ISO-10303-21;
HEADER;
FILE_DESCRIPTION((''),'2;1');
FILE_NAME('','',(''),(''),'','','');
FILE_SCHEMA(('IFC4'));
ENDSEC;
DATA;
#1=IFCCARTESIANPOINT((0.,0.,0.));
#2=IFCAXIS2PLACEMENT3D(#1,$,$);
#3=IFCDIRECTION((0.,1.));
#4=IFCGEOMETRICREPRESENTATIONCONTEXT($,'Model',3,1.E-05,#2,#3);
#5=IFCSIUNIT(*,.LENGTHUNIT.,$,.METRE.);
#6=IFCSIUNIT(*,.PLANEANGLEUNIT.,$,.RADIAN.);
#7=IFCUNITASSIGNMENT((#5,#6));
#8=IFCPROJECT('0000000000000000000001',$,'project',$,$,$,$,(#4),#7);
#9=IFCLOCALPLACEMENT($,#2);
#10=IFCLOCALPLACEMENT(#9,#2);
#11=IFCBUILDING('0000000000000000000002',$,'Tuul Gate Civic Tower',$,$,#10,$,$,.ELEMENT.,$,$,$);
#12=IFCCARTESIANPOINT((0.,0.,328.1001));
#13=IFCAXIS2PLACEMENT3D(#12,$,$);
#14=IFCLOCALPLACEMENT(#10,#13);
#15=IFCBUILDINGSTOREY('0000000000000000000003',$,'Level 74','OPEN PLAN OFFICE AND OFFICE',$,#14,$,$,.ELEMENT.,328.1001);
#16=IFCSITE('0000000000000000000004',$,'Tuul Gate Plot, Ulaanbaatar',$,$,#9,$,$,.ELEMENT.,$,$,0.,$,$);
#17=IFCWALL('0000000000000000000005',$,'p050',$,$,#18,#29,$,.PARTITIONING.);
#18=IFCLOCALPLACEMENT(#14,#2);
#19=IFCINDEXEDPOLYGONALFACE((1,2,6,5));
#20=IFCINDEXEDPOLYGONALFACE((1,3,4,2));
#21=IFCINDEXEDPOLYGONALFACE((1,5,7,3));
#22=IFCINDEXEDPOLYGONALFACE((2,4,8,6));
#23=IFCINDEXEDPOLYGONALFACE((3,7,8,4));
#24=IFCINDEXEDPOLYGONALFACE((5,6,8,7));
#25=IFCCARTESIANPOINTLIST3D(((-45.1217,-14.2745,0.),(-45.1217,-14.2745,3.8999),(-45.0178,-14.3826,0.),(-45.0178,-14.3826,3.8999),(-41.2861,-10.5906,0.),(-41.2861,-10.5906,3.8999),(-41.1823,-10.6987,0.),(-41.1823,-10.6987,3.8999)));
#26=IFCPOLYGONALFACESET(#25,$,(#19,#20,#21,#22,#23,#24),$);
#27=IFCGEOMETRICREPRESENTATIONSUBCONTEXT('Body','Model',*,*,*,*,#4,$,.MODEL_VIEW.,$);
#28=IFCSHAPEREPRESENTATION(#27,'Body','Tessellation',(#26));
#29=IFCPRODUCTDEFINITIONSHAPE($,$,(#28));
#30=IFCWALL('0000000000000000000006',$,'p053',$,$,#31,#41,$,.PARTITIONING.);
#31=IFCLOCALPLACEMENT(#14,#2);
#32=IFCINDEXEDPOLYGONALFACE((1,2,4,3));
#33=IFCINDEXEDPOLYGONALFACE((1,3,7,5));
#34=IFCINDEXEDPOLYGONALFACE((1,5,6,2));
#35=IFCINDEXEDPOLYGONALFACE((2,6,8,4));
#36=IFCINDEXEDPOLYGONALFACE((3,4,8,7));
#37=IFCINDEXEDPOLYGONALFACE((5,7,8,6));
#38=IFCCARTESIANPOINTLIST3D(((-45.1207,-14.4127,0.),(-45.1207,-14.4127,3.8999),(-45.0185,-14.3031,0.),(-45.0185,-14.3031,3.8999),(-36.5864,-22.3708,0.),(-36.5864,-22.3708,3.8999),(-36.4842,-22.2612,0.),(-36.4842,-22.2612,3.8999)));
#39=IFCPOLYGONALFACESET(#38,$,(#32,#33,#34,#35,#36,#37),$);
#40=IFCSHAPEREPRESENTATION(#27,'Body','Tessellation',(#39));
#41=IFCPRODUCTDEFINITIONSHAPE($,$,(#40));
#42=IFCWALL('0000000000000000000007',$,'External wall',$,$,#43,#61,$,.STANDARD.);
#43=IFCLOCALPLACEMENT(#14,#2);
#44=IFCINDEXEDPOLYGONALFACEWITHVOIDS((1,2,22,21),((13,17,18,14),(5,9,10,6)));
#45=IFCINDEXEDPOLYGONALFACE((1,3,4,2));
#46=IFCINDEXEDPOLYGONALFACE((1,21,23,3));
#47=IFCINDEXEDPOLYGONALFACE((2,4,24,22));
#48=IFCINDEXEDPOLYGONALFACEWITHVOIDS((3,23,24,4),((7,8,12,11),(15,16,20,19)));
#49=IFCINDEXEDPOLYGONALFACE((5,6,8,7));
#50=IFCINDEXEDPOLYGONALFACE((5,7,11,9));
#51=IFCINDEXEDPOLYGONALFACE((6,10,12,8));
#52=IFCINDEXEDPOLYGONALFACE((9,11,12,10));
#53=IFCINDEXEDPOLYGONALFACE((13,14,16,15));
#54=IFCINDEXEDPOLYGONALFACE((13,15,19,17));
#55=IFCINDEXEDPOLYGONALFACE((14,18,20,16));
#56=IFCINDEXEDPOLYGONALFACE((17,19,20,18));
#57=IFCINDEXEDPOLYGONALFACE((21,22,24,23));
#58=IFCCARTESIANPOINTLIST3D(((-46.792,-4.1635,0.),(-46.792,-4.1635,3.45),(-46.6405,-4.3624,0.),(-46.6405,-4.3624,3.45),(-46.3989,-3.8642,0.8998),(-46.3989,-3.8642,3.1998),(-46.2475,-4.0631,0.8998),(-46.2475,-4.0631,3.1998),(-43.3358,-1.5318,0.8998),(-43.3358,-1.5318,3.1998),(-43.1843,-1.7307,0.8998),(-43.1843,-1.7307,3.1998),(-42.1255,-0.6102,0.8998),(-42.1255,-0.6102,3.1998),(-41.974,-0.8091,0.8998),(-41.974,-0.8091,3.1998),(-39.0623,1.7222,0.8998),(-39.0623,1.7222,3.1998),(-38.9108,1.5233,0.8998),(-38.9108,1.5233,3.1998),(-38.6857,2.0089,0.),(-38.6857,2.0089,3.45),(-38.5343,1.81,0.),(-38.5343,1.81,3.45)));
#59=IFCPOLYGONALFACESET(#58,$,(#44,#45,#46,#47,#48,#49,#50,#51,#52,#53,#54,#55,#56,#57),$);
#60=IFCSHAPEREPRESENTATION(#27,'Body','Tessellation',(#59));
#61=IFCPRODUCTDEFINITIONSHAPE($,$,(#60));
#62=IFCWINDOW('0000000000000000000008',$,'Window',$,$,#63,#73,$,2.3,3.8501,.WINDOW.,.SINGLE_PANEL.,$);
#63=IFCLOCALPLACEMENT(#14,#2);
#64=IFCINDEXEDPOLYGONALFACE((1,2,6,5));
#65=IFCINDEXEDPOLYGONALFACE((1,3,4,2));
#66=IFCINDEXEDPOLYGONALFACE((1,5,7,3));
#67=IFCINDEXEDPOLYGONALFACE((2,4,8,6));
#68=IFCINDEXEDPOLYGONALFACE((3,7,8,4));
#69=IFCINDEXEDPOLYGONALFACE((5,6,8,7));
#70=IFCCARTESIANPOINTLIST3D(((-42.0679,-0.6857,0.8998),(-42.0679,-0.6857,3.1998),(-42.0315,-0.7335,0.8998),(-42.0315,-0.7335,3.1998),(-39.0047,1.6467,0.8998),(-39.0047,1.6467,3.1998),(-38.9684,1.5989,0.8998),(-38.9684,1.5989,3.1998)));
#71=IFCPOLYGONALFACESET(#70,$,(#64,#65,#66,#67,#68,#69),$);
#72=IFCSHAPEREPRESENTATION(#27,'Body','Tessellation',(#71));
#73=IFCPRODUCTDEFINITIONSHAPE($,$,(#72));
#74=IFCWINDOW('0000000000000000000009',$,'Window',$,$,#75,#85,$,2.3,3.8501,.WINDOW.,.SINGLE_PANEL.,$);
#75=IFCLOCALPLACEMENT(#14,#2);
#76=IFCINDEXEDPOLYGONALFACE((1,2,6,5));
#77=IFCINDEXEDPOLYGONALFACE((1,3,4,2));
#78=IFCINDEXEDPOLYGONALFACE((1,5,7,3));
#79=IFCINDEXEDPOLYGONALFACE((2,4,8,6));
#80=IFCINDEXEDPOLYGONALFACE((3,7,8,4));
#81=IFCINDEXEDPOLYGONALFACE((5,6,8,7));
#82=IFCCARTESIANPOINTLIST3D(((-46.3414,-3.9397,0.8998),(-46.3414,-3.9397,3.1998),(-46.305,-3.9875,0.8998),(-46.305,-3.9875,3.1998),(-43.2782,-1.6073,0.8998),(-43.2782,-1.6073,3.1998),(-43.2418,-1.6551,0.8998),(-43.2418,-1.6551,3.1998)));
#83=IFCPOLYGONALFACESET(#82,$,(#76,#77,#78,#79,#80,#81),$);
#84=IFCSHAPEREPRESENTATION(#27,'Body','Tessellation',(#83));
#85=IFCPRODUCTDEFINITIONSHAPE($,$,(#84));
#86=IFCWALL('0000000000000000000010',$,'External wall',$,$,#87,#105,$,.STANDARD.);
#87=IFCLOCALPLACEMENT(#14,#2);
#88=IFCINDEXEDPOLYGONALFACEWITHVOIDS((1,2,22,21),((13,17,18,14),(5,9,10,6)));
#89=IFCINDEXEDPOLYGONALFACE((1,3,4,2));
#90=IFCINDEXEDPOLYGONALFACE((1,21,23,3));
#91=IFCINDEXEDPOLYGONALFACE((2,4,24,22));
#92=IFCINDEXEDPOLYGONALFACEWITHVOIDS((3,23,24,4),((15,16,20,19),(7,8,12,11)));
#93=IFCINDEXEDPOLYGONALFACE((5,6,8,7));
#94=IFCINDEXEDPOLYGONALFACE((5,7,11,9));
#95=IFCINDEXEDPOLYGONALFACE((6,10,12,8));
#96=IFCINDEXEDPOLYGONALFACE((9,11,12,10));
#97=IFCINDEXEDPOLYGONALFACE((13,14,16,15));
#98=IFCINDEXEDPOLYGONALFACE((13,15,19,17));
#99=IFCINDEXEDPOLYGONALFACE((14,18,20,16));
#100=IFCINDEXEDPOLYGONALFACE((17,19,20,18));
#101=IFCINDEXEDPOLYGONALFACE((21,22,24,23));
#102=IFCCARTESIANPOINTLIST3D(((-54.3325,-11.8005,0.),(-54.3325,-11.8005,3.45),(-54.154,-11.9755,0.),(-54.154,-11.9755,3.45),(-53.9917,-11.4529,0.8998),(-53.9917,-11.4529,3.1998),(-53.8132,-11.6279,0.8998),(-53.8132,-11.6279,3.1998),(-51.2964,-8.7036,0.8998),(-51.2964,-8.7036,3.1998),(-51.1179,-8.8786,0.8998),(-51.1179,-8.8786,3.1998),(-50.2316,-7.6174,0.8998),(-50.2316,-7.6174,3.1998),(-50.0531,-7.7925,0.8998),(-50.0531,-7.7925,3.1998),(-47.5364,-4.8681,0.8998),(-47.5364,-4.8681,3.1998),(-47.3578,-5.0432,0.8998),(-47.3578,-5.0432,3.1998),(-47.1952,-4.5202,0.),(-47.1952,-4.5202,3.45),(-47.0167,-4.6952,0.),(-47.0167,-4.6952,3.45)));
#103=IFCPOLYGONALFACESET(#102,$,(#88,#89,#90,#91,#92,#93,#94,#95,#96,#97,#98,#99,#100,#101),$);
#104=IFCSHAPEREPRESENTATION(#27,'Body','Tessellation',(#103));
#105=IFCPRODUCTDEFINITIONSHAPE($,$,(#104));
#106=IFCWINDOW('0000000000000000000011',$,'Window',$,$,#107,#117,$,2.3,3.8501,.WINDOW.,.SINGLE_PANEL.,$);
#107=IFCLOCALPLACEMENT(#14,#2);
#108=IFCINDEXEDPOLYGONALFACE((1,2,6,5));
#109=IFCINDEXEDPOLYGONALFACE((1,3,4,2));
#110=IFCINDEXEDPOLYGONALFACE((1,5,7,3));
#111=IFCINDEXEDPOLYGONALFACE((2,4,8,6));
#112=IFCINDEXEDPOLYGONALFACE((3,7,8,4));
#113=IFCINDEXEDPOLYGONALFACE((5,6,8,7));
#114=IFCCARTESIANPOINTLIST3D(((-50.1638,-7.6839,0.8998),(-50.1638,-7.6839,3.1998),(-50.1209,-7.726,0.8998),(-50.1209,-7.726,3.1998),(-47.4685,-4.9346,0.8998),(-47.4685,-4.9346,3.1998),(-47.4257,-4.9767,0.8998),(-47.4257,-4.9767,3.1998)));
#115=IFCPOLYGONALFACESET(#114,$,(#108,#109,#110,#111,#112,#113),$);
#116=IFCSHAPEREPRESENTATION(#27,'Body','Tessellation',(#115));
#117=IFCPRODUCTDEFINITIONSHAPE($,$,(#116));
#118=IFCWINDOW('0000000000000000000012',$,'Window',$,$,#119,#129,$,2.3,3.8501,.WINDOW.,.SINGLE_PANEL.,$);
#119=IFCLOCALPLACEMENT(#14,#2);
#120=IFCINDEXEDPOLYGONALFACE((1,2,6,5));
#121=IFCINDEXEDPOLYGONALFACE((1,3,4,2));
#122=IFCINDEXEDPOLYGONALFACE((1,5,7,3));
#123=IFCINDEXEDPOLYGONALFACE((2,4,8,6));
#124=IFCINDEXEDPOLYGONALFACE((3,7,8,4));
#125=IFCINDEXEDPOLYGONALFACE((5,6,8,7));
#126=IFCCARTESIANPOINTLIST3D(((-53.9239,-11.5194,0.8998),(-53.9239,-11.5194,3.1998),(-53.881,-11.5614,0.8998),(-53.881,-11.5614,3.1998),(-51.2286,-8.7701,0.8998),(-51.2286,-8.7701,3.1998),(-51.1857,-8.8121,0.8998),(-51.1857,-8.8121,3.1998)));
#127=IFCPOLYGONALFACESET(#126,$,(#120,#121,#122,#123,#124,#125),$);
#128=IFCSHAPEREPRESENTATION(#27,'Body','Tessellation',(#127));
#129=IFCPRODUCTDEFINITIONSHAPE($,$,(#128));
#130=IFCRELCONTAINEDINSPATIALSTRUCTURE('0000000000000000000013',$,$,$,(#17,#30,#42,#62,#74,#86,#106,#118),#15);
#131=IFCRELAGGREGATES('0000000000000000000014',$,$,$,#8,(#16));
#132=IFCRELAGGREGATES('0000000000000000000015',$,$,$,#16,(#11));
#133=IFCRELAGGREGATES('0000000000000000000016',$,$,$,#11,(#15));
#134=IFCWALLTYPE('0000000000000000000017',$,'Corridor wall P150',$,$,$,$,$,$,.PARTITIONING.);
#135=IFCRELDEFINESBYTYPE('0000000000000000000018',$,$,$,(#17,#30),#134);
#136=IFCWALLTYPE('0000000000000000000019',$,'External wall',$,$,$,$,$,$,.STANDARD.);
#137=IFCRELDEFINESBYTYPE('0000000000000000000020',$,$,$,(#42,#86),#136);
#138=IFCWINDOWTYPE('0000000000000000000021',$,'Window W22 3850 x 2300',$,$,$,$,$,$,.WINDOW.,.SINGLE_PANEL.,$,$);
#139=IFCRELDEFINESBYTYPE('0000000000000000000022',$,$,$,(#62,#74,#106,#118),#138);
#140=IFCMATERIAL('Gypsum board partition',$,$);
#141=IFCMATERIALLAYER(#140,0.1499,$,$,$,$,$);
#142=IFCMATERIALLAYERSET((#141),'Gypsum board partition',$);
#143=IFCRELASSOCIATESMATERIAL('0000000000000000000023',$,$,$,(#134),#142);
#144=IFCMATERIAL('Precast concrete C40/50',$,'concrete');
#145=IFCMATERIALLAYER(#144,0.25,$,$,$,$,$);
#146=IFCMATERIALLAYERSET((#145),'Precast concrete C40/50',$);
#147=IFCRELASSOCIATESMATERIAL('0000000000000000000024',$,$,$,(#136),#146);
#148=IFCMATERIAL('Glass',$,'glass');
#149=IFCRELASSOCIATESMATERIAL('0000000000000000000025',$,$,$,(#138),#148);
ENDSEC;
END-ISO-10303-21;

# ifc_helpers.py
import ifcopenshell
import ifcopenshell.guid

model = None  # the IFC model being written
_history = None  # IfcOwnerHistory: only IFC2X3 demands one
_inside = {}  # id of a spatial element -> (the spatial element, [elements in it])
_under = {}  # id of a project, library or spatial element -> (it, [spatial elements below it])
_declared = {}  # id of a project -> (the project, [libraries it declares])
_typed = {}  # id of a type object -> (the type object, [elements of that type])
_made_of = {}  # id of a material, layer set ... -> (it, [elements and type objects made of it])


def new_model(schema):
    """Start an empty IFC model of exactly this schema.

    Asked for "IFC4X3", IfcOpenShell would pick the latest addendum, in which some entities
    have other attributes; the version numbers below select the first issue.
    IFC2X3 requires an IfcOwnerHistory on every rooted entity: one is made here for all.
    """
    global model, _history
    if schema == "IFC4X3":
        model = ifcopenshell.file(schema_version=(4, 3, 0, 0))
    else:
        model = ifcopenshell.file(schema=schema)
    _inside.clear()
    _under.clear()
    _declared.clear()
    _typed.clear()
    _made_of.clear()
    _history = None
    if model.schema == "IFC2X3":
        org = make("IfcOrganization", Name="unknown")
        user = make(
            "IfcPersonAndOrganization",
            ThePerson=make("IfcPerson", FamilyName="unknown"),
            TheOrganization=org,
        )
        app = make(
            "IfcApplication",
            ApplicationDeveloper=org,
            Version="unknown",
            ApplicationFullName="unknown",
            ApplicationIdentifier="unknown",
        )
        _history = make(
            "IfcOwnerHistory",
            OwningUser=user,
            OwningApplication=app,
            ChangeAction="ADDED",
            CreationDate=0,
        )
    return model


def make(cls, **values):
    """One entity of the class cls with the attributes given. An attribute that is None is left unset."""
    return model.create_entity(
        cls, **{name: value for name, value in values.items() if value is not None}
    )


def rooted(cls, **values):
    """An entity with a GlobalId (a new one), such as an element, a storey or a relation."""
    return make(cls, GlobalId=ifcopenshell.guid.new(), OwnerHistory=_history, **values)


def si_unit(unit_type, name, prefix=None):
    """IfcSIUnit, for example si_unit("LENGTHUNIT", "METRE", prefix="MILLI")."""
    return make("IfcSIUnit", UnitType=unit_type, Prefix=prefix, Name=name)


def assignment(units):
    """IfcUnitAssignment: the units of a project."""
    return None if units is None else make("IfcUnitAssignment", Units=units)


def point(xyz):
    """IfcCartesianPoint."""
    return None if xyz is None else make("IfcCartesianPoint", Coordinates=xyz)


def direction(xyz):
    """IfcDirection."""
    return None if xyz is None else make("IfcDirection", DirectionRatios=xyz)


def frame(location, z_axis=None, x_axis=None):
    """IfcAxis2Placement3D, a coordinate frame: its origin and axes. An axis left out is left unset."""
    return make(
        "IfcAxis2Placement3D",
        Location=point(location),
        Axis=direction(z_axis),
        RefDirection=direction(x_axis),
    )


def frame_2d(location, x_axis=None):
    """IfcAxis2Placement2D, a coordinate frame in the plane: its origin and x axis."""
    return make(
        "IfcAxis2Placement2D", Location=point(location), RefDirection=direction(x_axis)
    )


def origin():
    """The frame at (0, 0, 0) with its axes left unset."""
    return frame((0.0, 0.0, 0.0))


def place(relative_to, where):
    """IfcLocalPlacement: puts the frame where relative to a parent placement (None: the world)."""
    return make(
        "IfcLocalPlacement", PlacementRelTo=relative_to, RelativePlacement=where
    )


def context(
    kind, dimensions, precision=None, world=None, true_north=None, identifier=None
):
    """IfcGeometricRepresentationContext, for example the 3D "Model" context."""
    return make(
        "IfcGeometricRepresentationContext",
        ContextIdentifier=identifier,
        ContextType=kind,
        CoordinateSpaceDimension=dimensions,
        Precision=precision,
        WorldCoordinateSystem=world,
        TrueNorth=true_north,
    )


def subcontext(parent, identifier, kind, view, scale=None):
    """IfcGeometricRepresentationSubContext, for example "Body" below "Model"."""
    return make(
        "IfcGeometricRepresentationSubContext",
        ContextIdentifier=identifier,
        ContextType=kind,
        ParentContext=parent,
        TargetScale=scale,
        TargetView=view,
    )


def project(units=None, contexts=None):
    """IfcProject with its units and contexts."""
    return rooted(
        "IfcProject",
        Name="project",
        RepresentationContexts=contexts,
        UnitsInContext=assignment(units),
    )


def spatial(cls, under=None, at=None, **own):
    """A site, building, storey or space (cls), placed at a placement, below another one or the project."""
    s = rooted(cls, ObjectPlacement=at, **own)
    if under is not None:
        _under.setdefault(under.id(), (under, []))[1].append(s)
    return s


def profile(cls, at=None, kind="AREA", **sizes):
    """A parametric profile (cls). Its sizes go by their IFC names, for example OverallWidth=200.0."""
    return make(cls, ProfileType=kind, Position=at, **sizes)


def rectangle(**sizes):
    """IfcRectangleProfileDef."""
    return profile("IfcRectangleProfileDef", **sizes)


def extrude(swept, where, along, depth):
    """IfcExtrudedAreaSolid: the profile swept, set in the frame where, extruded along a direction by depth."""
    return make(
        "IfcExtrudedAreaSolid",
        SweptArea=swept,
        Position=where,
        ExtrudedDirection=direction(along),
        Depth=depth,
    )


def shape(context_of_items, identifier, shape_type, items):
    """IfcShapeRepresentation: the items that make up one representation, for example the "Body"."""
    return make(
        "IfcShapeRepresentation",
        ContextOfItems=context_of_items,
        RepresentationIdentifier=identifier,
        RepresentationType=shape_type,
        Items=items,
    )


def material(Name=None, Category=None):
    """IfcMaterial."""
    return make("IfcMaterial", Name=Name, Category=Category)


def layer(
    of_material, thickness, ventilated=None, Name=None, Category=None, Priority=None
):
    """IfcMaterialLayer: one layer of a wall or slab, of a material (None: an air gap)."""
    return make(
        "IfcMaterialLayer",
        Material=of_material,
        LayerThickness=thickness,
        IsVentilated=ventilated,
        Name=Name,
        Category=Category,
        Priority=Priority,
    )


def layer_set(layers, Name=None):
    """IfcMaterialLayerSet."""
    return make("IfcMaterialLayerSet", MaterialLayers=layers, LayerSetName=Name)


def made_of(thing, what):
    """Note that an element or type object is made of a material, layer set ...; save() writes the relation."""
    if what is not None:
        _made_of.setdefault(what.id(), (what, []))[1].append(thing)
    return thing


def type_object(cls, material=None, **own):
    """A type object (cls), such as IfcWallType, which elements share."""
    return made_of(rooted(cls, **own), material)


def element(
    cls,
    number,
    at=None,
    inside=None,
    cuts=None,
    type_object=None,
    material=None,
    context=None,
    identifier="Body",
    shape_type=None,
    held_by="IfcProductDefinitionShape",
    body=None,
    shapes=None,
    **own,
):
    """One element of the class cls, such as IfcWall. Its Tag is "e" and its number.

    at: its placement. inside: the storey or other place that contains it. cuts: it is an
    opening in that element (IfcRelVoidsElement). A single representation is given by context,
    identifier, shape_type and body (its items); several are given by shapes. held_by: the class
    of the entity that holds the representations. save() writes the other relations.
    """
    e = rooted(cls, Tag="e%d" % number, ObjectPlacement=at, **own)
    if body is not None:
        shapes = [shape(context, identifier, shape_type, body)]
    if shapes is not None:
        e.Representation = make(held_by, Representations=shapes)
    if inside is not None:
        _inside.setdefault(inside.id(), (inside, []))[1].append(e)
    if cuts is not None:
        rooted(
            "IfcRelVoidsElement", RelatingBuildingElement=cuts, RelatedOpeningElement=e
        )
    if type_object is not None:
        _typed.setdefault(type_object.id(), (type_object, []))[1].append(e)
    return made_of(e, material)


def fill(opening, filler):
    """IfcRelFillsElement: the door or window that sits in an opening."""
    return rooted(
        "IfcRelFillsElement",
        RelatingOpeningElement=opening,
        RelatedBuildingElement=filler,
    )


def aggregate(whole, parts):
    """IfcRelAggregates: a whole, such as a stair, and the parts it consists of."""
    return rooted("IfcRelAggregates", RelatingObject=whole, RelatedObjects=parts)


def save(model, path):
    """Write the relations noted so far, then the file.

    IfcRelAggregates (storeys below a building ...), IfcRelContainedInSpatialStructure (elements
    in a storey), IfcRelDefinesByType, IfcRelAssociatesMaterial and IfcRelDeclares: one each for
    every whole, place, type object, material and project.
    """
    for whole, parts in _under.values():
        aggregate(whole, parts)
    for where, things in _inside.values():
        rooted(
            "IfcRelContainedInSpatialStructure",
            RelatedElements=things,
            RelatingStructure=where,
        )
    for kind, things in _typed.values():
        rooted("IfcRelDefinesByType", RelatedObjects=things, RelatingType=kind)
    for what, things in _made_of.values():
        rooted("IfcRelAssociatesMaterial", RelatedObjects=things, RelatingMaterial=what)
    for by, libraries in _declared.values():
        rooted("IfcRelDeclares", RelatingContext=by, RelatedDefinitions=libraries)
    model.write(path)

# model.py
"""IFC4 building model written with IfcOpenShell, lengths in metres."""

from ifc_helpers import new_model, si_unit, direction, frame, frame_2d, origin, place, context, subcontext, project, spatial, rectangle, extrude, material, layer, layer_set, type_object, element, fill, save


model = new_model("IFC4")

# Units and contexts
model_context = context("Model", 3, precision=1e-05, world=origin(), true_north=direction((0.0, 1.0)))
body_context = subcontext(model_context, "Body", "Model", "MODEL_VIEW")
ifc_project = project(units=[si_unit("LENGTHUNIT", "METRE"), si_unit("PLANEANGLEUNIT", "RADIAN")], contexts=[model_context])

# Site, building, storey
site_placement = place(None, origin())
site = spatial("IfcSite", under=ifc_project, at=site_placement, Name="Tuul Gate Plot, Ulaanbaatar", CompositionType="ELEMENT", RefElevation=0.0)
building_placement = place(site_placement, origin())
building = spatial("IfcBuilding", under=site, at=building_placement, Name="Tuul Gate Civic Tower", CompositionType="ELEMENT")
storey_placement = place(building_placement, frame((0.0, 0.0, 328.1001)))
storey = spatial("IfcBuildingStorey", under=building, at=storey_placement, Name="Level 74", Description="OPEN PLAN OFFICE AND OFFICE", CompositionType="ELEMENT", Elevation=328.1001)

# Shared definitions
ifc_material_1 = material(Name="Gypsum board partition")
ifc_layer_1 = layer(ifc_material_1, 0.1499)
ifc_layer_set_1 = layer_set([ifc_layer_1], Name="Gypsum board partition")
wall_type_1 = type_object("IfcWallType", Name="Corridor wall P150", PredefinedType="PARTITIONING", material=ifc_layer_set_1)

# Walls
wall_1_placement = place(storey_placement, frame((-45.0698, -14.3286, 0.0), z_axis=(0.0, 0.0, 1.0), x_axis=(0.721218, 0.692709, 0.0)))
element("IfcWall", 1, at=wall_1_placement, inside=storey, type_object=wall_type_1, Name="p050", PredefinedType="PARTITIONING", context=body_context, shape_type="SweptSolid", body=[
    extrude(rectangle(XDim=5.3181, YDim=0.1499, at=frame_2d((2.6592, 0.0))), origin(), (0.0, 0.0, 1.0), 3.8999),
])
wall_2_placement = place(storey_placement, frame((-45.0696, -14.3579, 0.0), z_axis=(0.0, 0.0, 1.0), x_axis=(0.731364, -0.681987, 0.0)))
element("IfcWall", 2, at=wall_2_placement, inside=storey, type_object=wall_type_1, Name="p053", PredefinedType="PARTITIONING", context=body_context, shape_type="SweptSolid", body=[
    extrude(rectangle(XDim=11.6689, YDim=0.1499, at=frame_2d((5.8345, 0.0))), origin(), (0.0, 0.0, 1.0), 3.8999),
])

# Walls, openings, windows
ifc_material_2 = material(Name="Precast concrete C40/50", Category="concrete")
ifc_layer_2 = layer(ifc_material_2, 0.25)
ifc_layer_set_2 = layer_set([ifc_layer_2], Name="Precast concrete C40/50")
wall_type_2 = type_object("IfcWallType", Name="External wall", PredefinedType="STANDARD", material=ifc_layer_set_2)
wall_3_placement = place(storey_placement, frame((-38.6101, 1.9094, 0.0), z_axis=(0.0, 0.0, 1.0), x_axis=(-0.795611, -0.605808, 0.0)))
wall_3 = element("IfcWall", 3, at=wall_3_placement, inside=storey, type_object=wall_type_2, Name="External wall", PredefinedType="STANDARD", context=body_context, shape_type="SweptSolid", body=[
    extrude(rectangle(XDim=10.1887, YDim=0.25, at=frame_2d((5.0942, 0.0))), origin(), (0.0, 0.0, 1.0), 3.45),
])
opening_1_placement = place(wall_3_placement, frame((0.4731, 0.0, 0.8999)))
opening_1 = element("IfcOpeningElement", 4, at=opening_1_placement, cuts=wall_3, PredefinedType="OPENING", context=body_context, shape_type="SweptSolid", body=[
    extrude(rectangle(XDim=3.8501, YDim=2.3, at=frame_2d((1.925, 1.1499))), frame((0.0, 0.135, 0.0), z_axis=(0.0, -1.0, 0.0), x_axis=(1.0, 0.0, 0.0)), (0.0, 0.0, 1.0), 0.27),
])
opening_2_placement = place(wall_3_placement, frame((5.8445, 0.0, 0.8999)))
opening_2 = element("IfcOpeningElement", 5, at=opening_2_placement, cuts=wall_3, PredefinedType="OPENING", context=body_context, shape_type="SweptSolid", body=[
    extrude(rectangle(XDim=3.8501, YDim=2.3, at=frame_2d((1.925, 1.1499))), frame((0.0, 0.135, 0.0), z_axis=(0.0, -1.0, 0.0), x_axis=(1.0, 0.0, 0.0)), (0.0, 0.0, 1.0), 0.27),
])
ifc_material_3 = material(Name="Glass", Category="glass")
window_type_1 = type_object("IfcWindowType", Name="Window W22 3850 x 2300", PartitioningType="SINGLE_PANEL", PredefinedType="WINDOW", material=ifc_material_3)
window_1_placement = place(opening_1_placement, origin())
window_1 = element("IfcWindow", 6, at=window_1_placement, inside=storey, type_object=window_type_1, Name="Window", OverallHeight=2.3, OverallWidth=3.8501, PartitioningType="SINGLE_PANEL", PredefinedType="WINDOW", context=body_context, shape_type="SweptSolid", body=[
    extrude(rectangle(XDim=3.8501, YDim=2.3, at=frame_2d((1.925, 1.1499))), frame((0.0, 0.03, 0.0), z_axis=(0.0, -1.0, 0.0), x_axis=(1.0, 0.0, 0.0)), (0.0, 0.0, 1.0), 0.0601),
])
fill(opening_1, window_1)
window_2_placement = place(opening_2_placement, origin())
window_2 = element("IfcWindow", 7, at=window_2_placement, inside=storey, type_object=window_type_1, Name="Window", OverallHeight=2.3, OverallWidth=3.8501, PartitioningType="SINGLE_PANEL", PredefinedType="WINDOW", context=body_context, shape_type="SweptSolid", body=[
    extrude(rectangle(XDim=3.8501, YDim=2.3, at=frame_2d((1.925, 1.1499))), frame((0.0, 0.03, 0.0), z_axis=(0.0, -1.0, 0.0), x_axis=(1.0, 0.0, 0.0)), (0.0, 0.0, 1.0), 0.0601),
])
fill(opening_2, window_2)
wall_4_placement = place(storey_placement, frame((-47.106, -4.6077, 0.0), z_axis=(0.0, 0.0, 1.0), x_axis=(-0.700056, -0.714088, 0.0)))
wall_4 = element("IfcWall", 8, at=wall_4_placement, inside=storey, type_object=wall_type_2, Name="External wall", PredefinedType="STANDARD", context=body_context, shape_type="SweptSolid", body=[
    extrude(rectangle(XDim=10.1953, YDim=0.25, at=frame_2d((5.0977, 0.0))), origin(), (0.0, 0.0, 1.0), 3.45),
])
opening_3_placement = place(wall_4_placement, frame((0.4873, 0.0, 0.8999)))
opening_3 = element("IfcOpeningElement", 9, at=opening_3_placement, cuts=wall_4, PredefinedType="OPENING", context=body_context, shape_type="SweptSolid", body=[
    extrude(rectangle(XDim=3.8501, YDim=2.3, at=frame_2d((1.925, 1.1499))), frame((0.0, 0.135, 0.0), z_axis=(0.0, -1.0, 0.0), x_axis=(1.0, 0.0, 0.0)), (0.0, 0.0, 1.0), 0.27),
])
opening_4_placement = place(wall_4_placement, frame((5.8584, 0.0, 0.8999)))
opening_4 = element("IfcOpeningElement", 10, at=opening_4_placement, cuts=wall_4, PredefinedType="OPENING", context=body_context, shape_type="SweptSolid", body=[
    extrude(rectangle(XDim=3.8501, YDim=2.3, at=frame_2d((1.925, 1.1499))), frame((0.0, 0.135, 0.0), z_axis=(0.0, -1.0, 0.0), x_axis=(1.0, 0.0, 0.0)), (0.0, 0.0, 1.0), 0.27),
])
window_3_placement = place(opening_3_placement, origin())
window_3 = element("IfcWindow", 11, at=window_3_placement, inside=storey, type_object=window_type_1, Name="Window", OverallHeight=2.3, OverallWidth=3.8501, PartitioningType="SINGLE_PANEL", PredefinedType="WINDOW", context=body_context, shape_type="SweptSolid", body=[
    extrude(rectangle(XDim=3.8501, YDim=2.3, at=frame_2d((1.925, 1.1499))), frame((0.0, 0.03, 0.0), z_axis=(0.0, -1.0, 0.0), x_axis=(1.0, 0.0, 0.0)), (0.0, 0.0, 1.0), 0.0601),
])
fill(opening_3, window_3)
window_4_placement = place(opening_4_placement, origin())
window_4 = element("IfcWindow", 12, at=window_4_placement, inside=storey, type_object=window_type_1, Name="Window", OverallHeight=2.3, OverallWidth=3.8501, PartitioningType="SINGLE_PANEL", PredefinedType="WINDOW", context=body_context, shape_type="SweptSolid", body=[
    extrude(rectangle(XDim=3.8501, YDim=2.3, at=frame_2d((1.925, 1.1499))), frame((0.0, 0.03, 0.0), z_axis=(0.0, -1.0, 0.0), x_axis=(1.0, 0.0, 0.0)), (0.0, 0.0, 1.0), 0.0601),
])
fill(opening_4, window_4)

save(model, "model.ifc")
